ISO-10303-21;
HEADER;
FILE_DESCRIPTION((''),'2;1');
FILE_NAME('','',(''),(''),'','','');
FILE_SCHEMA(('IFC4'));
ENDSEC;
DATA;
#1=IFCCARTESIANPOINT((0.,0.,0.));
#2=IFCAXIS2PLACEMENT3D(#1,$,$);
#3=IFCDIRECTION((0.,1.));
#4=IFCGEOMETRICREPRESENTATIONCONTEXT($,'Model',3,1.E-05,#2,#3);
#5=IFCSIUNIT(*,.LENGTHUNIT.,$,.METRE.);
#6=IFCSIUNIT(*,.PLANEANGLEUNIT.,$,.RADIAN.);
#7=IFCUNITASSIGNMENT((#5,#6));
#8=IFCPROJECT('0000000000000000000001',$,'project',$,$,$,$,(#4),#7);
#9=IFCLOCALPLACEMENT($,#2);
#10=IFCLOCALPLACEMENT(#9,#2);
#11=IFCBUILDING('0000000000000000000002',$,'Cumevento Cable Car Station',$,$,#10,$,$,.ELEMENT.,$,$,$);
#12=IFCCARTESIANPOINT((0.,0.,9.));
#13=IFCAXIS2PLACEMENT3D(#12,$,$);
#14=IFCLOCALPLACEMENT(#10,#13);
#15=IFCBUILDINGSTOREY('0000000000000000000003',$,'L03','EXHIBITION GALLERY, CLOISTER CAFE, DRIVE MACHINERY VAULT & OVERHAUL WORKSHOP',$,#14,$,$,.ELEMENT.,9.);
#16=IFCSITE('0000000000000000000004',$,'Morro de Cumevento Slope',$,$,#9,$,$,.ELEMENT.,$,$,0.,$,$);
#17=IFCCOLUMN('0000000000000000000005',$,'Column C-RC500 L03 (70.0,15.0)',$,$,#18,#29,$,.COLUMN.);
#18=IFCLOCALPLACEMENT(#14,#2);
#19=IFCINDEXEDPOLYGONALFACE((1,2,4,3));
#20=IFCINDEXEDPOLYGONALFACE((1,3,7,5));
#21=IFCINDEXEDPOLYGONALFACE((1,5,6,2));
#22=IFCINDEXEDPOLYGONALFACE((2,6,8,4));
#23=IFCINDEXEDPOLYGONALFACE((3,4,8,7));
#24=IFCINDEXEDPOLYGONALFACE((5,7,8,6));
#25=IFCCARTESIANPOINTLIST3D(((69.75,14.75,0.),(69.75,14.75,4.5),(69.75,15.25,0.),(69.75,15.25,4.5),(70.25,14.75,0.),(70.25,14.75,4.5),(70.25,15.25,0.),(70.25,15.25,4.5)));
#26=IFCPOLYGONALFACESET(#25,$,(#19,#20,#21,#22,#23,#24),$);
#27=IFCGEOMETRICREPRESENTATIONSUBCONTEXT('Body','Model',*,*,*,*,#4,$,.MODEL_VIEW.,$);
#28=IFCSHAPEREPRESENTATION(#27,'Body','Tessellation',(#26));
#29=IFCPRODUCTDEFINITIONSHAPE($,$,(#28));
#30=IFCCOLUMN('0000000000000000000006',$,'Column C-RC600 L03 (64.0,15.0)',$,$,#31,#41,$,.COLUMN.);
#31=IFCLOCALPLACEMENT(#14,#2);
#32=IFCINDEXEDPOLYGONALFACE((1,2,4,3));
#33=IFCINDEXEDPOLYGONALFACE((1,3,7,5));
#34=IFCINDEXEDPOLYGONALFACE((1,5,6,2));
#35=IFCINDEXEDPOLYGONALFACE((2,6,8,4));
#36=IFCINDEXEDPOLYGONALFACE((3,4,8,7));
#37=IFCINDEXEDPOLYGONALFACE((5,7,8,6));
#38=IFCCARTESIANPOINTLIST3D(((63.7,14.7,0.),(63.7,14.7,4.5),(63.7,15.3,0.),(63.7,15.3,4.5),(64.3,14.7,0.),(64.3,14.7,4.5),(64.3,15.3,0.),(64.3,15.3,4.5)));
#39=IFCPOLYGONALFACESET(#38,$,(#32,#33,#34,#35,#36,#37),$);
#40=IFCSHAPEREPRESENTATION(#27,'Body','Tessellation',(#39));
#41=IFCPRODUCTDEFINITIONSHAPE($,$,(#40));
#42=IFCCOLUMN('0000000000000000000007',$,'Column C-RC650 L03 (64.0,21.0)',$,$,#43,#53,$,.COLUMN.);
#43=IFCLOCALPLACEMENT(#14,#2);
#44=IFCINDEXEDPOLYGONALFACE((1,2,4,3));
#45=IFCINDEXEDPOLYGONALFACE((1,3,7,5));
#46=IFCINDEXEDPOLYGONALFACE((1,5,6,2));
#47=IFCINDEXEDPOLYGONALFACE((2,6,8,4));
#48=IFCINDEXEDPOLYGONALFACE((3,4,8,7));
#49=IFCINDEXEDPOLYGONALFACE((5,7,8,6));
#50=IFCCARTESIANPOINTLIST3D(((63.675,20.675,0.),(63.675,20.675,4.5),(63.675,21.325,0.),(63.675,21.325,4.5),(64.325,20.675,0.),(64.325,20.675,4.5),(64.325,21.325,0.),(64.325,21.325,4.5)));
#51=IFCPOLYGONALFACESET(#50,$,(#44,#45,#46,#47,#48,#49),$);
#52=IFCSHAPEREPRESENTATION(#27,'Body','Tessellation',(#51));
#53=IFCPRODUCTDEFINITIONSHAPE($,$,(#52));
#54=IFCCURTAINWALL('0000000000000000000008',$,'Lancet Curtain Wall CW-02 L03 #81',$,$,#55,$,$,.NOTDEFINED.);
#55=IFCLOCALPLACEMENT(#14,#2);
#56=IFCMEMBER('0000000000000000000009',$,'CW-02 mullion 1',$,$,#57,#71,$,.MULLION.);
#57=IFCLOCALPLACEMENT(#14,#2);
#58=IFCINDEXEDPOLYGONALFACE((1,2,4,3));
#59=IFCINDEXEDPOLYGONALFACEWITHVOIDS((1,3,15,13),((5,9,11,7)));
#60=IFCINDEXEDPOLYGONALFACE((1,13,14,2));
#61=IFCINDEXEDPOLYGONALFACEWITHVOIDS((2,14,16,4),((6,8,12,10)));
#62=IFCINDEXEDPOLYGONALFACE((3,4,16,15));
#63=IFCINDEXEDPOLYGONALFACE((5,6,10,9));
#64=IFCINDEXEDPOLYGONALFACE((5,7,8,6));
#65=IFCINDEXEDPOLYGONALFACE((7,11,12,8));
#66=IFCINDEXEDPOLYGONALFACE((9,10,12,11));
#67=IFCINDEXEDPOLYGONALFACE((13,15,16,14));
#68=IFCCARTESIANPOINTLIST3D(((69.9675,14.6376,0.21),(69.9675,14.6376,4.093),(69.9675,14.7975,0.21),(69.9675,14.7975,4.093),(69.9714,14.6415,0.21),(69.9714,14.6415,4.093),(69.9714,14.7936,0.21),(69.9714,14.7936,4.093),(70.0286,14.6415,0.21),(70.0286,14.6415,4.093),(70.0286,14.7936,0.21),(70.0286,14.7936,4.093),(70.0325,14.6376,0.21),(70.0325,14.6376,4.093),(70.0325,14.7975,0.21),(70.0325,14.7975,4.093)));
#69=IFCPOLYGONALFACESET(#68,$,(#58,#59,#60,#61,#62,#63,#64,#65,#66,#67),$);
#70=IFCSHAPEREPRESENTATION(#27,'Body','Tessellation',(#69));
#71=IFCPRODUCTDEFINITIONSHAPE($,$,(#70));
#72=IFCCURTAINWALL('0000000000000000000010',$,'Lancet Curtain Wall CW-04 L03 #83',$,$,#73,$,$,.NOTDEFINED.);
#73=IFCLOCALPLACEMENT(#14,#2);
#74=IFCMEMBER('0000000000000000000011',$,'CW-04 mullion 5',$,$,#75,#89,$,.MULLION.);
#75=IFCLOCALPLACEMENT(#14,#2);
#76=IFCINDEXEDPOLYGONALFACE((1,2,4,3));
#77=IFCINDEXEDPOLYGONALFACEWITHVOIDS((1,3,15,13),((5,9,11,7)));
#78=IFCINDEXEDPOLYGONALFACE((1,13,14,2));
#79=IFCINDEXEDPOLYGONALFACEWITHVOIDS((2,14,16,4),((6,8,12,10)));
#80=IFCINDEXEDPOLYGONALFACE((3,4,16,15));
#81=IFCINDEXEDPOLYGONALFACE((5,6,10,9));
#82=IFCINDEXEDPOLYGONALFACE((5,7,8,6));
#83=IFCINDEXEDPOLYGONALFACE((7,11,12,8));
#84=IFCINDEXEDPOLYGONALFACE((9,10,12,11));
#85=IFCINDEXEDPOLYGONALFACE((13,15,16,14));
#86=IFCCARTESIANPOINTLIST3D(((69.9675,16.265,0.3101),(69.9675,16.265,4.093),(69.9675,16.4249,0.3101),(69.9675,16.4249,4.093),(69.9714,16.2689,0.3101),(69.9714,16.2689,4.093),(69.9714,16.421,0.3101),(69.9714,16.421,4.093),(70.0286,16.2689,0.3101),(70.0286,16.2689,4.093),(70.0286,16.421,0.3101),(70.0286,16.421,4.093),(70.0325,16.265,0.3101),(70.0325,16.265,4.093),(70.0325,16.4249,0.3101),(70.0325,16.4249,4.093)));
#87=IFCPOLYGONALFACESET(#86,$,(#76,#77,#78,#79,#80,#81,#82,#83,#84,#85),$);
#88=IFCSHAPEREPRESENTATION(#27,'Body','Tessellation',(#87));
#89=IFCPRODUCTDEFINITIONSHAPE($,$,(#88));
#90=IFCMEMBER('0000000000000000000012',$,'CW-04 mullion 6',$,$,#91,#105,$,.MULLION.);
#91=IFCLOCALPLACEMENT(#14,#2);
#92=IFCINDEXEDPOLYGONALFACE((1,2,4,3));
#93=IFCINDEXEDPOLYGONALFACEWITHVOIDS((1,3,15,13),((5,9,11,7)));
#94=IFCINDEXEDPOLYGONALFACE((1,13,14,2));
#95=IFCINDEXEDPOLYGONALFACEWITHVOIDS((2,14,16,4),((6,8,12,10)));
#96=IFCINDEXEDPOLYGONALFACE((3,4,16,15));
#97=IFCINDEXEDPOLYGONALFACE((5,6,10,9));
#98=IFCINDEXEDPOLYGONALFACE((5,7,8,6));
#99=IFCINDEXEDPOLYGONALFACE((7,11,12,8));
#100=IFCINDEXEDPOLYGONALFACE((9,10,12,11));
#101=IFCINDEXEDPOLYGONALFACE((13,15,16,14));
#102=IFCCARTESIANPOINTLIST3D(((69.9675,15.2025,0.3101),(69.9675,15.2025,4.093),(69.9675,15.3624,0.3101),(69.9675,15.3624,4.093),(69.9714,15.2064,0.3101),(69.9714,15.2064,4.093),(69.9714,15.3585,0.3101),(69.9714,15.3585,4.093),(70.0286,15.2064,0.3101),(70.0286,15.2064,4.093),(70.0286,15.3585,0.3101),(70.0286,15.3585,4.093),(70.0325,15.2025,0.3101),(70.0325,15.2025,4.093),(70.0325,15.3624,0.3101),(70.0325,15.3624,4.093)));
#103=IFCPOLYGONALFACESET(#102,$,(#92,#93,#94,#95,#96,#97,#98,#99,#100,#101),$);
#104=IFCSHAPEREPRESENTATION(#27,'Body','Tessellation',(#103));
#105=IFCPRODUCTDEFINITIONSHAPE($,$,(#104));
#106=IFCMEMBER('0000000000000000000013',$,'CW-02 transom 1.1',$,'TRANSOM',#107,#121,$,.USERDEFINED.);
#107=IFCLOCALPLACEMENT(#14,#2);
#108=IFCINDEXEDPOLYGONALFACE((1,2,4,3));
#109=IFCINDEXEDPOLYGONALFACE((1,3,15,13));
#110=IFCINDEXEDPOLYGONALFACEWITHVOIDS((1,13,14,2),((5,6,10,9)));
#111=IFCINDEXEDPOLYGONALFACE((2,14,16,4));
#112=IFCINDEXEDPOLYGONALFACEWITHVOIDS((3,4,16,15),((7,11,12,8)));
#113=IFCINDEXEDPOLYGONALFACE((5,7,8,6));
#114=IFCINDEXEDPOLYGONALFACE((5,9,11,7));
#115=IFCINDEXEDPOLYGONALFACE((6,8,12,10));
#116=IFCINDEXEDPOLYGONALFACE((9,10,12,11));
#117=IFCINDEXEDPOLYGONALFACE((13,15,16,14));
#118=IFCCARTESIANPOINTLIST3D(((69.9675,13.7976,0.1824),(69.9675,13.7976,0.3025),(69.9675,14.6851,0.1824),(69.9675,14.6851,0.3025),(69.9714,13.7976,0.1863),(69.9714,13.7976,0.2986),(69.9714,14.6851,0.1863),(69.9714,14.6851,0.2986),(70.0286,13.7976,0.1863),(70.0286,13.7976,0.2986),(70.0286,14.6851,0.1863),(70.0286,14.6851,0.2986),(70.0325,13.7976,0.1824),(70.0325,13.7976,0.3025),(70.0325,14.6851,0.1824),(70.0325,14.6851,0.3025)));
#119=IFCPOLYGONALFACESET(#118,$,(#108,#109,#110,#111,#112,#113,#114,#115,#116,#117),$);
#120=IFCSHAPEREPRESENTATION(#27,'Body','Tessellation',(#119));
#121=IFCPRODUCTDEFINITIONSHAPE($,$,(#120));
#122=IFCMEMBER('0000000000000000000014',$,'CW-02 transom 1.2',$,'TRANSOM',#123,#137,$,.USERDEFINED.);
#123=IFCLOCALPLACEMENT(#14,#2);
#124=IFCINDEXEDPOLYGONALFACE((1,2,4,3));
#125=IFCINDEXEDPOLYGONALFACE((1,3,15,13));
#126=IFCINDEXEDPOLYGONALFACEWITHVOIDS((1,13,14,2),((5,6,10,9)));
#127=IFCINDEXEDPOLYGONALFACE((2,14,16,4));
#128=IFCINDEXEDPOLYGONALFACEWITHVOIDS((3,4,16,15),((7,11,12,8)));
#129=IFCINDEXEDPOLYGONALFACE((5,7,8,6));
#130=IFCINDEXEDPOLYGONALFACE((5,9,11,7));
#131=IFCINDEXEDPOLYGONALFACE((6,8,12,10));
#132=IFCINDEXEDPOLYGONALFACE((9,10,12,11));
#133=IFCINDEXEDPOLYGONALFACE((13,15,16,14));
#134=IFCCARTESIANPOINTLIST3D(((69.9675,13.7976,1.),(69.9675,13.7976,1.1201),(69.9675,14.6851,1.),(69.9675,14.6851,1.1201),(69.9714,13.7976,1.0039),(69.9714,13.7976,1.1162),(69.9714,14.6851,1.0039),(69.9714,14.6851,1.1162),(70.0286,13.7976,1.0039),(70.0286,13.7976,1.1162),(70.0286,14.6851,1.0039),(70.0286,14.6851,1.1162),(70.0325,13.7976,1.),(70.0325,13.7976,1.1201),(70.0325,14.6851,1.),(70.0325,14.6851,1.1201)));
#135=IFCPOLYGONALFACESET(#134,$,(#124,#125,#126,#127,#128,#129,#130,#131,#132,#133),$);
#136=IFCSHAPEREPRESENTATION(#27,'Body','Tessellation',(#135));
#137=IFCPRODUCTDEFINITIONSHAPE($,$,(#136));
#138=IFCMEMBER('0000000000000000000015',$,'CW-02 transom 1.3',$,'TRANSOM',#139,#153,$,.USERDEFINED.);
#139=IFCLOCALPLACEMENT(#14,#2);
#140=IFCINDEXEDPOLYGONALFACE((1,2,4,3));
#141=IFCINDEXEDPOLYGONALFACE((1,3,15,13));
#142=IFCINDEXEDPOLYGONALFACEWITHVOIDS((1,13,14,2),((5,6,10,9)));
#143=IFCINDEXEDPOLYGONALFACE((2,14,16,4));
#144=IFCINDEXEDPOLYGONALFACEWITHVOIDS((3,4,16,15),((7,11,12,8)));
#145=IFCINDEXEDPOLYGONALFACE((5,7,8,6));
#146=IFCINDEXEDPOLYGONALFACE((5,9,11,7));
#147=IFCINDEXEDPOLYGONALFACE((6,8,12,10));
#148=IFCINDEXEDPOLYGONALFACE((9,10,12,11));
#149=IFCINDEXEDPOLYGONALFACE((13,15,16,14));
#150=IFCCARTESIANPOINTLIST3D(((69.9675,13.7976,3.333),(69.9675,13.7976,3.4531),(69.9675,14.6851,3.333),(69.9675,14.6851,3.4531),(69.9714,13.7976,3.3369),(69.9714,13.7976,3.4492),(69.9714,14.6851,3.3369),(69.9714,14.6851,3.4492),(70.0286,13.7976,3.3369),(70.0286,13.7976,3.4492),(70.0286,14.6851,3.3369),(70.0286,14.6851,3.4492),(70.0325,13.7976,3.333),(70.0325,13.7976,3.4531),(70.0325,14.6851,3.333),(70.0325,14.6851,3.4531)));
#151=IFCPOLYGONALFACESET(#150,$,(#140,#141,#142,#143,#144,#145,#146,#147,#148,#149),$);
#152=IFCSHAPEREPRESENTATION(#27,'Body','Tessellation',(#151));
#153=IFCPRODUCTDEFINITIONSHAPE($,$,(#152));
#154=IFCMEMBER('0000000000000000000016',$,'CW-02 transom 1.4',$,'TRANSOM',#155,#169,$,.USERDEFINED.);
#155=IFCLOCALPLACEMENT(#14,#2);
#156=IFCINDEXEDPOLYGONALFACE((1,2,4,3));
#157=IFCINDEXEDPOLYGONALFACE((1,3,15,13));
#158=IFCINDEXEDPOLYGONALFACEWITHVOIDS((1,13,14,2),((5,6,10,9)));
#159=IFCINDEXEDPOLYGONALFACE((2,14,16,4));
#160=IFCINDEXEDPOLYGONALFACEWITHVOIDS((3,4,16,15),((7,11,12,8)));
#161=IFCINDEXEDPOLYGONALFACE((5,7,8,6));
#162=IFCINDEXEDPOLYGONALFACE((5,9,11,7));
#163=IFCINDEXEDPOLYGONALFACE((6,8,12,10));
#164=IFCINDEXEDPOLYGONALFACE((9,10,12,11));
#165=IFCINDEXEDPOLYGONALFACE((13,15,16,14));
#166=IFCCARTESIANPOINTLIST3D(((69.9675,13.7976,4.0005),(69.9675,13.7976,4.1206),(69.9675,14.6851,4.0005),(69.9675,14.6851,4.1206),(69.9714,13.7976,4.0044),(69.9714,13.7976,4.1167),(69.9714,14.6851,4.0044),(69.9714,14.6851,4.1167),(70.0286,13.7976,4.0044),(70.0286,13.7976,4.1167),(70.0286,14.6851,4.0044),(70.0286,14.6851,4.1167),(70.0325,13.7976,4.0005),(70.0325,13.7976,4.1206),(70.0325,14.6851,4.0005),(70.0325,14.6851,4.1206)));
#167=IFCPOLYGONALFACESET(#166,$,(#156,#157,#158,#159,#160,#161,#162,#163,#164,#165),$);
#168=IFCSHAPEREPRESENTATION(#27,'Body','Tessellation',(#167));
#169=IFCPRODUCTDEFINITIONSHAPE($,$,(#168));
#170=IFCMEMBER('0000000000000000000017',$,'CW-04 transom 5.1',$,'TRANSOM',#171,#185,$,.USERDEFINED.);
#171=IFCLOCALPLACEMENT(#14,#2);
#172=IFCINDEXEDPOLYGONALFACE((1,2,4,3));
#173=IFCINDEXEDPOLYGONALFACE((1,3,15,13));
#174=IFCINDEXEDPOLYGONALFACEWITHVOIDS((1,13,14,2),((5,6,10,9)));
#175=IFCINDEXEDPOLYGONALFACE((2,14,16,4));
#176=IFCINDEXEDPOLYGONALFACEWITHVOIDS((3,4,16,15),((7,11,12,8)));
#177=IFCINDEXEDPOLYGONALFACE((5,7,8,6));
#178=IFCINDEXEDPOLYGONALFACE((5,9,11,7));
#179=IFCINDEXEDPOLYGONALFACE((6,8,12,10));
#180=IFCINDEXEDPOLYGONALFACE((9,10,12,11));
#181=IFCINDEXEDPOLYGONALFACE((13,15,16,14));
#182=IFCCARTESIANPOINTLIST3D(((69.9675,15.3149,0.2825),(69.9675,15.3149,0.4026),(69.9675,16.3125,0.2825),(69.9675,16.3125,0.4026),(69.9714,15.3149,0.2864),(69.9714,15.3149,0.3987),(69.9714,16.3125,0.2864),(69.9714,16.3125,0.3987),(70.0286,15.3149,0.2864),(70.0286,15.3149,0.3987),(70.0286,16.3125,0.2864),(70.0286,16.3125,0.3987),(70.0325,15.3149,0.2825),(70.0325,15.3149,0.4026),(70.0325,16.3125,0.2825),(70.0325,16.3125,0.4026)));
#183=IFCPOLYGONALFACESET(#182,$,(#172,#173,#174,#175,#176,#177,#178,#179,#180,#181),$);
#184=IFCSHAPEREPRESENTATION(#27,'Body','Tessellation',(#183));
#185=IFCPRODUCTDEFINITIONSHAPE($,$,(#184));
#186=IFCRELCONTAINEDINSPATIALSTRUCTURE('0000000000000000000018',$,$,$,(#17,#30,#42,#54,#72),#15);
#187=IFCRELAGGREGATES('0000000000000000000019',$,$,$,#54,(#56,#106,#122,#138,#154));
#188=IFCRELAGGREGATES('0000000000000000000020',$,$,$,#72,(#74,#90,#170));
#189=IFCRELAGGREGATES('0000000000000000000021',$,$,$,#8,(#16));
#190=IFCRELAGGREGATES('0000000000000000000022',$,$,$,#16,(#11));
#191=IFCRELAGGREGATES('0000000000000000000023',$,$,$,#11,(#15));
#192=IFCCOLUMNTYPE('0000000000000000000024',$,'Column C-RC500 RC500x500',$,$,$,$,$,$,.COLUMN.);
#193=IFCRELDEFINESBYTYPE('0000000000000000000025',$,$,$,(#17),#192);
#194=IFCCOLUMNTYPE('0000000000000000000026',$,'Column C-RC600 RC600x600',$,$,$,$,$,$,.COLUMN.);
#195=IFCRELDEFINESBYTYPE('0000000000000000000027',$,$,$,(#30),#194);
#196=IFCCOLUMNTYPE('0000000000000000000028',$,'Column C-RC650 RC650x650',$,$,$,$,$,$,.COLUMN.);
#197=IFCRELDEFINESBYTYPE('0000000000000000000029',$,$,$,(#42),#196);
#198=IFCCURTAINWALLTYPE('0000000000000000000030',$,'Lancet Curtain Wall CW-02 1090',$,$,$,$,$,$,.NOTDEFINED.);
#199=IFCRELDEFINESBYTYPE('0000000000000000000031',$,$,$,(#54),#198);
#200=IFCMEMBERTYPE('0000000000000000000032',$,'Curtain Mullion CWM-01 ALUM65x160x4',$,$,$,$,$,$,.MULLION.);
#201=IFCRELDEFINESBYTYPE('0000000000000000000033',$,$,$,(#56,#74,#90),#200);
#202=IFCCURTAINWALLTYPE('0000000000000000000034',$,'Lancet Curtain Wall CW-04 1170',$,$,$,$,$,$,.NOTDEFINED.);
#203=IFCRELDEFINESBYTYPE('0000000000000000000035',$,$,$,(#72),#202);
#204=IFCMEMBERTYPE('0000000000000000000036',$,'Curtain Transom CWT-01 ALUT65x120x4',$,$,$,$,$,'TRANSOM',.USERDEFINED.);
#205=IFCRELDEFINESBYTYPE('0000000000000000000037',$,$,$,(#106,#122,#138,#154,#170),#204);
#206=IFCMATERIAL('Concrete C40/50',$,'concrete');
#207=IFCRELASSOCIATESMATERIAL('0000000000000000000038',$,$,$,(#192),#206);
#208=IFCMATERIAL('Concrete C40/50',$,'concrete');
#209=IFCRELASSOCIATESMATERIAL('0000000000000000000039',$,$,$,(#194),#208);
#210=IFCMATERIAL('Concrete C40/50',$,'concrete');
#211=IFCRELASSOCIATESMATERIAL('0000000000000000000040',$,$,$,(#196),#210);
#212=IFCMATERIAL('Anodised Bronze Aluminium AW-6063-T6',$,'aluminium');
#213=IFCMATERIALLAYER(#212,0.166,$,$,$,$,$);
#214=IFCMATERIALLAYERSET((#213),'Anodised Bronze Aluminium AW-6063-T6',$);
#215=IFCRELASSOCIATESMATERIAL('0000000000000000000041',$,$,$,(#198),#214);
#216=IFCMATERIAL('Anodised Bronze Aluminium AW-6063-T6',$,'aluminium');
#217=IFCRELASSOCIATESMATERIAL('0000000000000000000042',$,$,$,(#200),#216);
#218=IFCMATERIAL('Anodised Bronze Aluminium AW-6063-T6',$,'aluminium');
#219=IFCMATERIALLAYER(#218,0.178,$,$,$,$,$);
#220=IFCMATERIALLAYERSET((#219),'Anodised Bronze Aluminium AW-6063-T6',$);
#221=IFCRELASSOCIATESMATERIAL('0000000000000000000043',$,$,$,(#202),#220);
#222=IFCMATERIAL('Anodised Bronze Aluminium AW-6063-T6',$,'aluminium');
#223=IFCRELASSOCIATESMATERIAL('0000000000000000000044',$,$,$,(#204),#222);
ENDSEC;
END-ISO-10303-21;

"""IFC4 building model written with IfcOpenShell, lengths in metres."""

from ifc_helpers import new_model, si_unit, direction, frame, origin, origin_2d, place, context, subcontext, project, spatial, rectangle, hollow_rectangle, extrude, material, layer, layer_set, material_profile, profile_set, type_object, element, aggregate, save


model = new_model("IFC4")

# Units and contexts
model_context = context("Model", 3, precision=1e-05, world=origin(), true_north=direction((0.0, 1.0)))
body_context = subcontext(model_context, "Body", "Model", "MODEL_VIEW")
ifc_project = project(units=[si_unit("LENGTHUNIT", "METRE"), si_unit("PLANEANGLEUNIT", "RADIAN")], contexts=[model_context])

# Site, building, storey
site_placement = place(None, origin())
site = spatial("IfcSite", under=ifc_project, at=site_placement, Name="Morro de Cumevento Slope", CompositionType="ELEMENT", RefElevation=0.0)
building_placement = place(site_placement, origin())
building = spatial("IfcBuilding", under=site, at=building_placement, Name="Cumevento Cable Car Station", CompositionType="ELEMENT")
storey_placement = place(building_placement, frame((0.0, 0.0, 9.0)))
storey = spatial("IfcBuildingStorey", under=building, at=storey_placement, Name="L03", Description="EXHIBITION GALLERY, CLOISTER CAFE, DRIVE MACHINERY VAULT & OVERHAUL WORKSHOP", CompositionType="ELEMENT", Elevation=9.0)

# Columns
ifc_material_1 = material(Name="Concrete C40/50", Category="concrete")
ifc_material_profile_1 = material_profile(ifc_material_1, rectangle(XDim=0.5, YDim=0.5, at=origin_2d()), Name="RC500x500")
ifc_profile_set_1 = profile_set([ifc_material_profile_1], Name="Concrete C40/50")
column_type_1 = type_object("IfcColumnType", Name="Column C-RC500 RC500x500", PredefinedType="COLUMN", material=ifc_profile_set_1)
column_1_placement = place(storey_placement, frame((70.0, 15.0, 0.0), z_axis=(0.0, 0.0, 1.0), x_axis=(1.0, 0.0, 0.0)))
element("IfcColumn", 1, at=column_1_placement, inside=storey, type_object=column_type_1, Name="Column C-RC500 L03 (70.0,15.0)", PredefinedType="COLUMN", context=body_context, shape_type="SweptSolid", body=[
    extrude(rectangle(XDim=0.5, YDim=0.5, at=origin_2d()), origin(), (0.0, 0.0, 1.0), 4.5),
])
ifc_material_2 = material(Name="Concrete C40/50", Category="concrete")
ifc_material_profile_2 = material_profile(ifc_material_2, rectangle(XDim=0.6001, YDim=0.6001, at=origin_2d()), Name="RC600x600")
ifc_profile_set_2 = profile_set([ifc_material_profile_2], Name="Concrete C40/50")
column_type_2 = type_object("IfcColumnType", Name="Column C-RC600 RC600x600", PredefinedType="COLUMN", material=ifc_profile_set_2)
column_2_placement = place(storey_placement, frame((64.0, 15.0, 0.0), z_axis=(0.0, 0.0, 1.0), x_axis=(1.0, 0.0, 0.0)))
element("IfcColumn", 2, at=column_2_placement, inside=storey, type_object=column_type_2, Name="Column C-RC600 L03 (64.0,15.0)", PredefinedType="COLUMN", context=body_context, shape_type="SweptSolid", body=[
    extrude(rectangle(XDim=0.6001, YDim=0.6001, at=origin_2d()), origin(), (0.0, 0.0, 1.0), 4.5),
])
ifc_material_3 = material(Name="Concrete C40/50", Category="concrete")
ifc_material_profile_3 = material_profile(ifc_material_3, rectangle(XDim=0.6499, YDim=0.6499, at=origin_2d()), Name="RC650x650")
ifc_profile_set_3 = profile_set([ifc_material_profile_3], Name="Concrete C40/50")
column_type_3 = type_object("IfcColumnType", Name="Column C-RC650 RC650x650", PredefinedType="COLUMN", material=ifc_profile_set_3)
column_3_placement = place(storey_placement, frame((64.0, 21.0, 0.0), z_axis=(0.0, 0.0, 1.0), x_axis=(1.0, 0.0, 0.0)))
element("IfcColumn", 3, at=column_3_placement, inside=storey, type_object=column_type_3, Name="Column C-RC650 L03 (64.0,21.0)", PredefinedType="COLUMN", context=body_context, shape_type="SweptSolid", body=[
    extrude(rectangle(XDim=0.6499, YDim=0.6499, at=origin_2d()), origin(), (0.0, 0.0, 1.0), 4.5),
])

# Curtain wall, member
ifc_material_4 = material(Name="Anodised Bronze Aluminium AW-6063-T6", Category="aluminium")
ifc_layer_1 = layer(ifc_material_4, 0.166)
ifc_layer_set_1 = layer_set([ifc_layer_1], Name="Anodised Bronze Aluminium AW-6063-T6")
curtain_wall_type_1 = type_object("IfcCurtainWallType", Name="Lancet Curtain Wall CW-02 1090", PredefinedType="NOTDEFINED", material=ifc_layer_set_1)
curtain_wall_1_placement = place(storey_placement, origin())
curtain_wall_1 = element("IfcCurtainWall", 4, at=curtain_wall_1_placement, inside=storey, type_object=curtain_wall_type_1, Name="Lancet Curtain Wall CW-02 L03 #81", PredefinedType="NOTDEFINED")
ifc_material_5 = material(Name="Anodised Bronze Aluminium AW-6063-T6", Category="aluminium")
ifc_material_profile_4 = material_profile(ifc_material_5, hollow_rectangle(XDim=0.0649, YDim=0.1599, WallThickness=0.0039, at=origin_2d()), Name="ALUM65x160x4")
ifc_profile_set_4 = profile_set([ifc_material_profile_4], Name="Anodised Bronze Aluminium AW-6063-T6")
member_type_1 = type_object("IfcMemberType", Name="Curtain Mullion CWM-01 ALUM65x160x4", PredefinedType="MULLION", material=ifc_profile_set_4)
member_1_placement = place(storey_placement, frame((70.0, 14.7175, 0.21), z_axis=(0.0, 0.0, 1.0), x_axis=(1.0, 0.0, 0.0)))
member_1 = element("IfcMember", 5, at=member_1_placement, type_object=member_type_1, Name="CW-02 mullion 1", PredefinedType="MULLION", context=body_context, shape_type="SweptSolid", body=[
    extrude(hollow_rectangle(XDim=0.0649, YDim=0.1599, WallThickness=0.0039, at=origin_2d()), origin(), (0.0, 0.0, 1.0), 3.8831),
])

# Curtain wall, members
ifc_material_6 = material(Name="Anodised Bronze Aluminium AW-6063-T6", Category="aluminium")
ifc_layer_2 = layer(ifc_material_6, 0.178)
ifc_layer_set_2 = layer_set([ifc_layer_2], Name="Anodised Bronze Aluminium AW-6063-T6")
curtain_wall_type_2 = type_object("IfcCurtainWallType", Name="Lancet Curtain Wall CW-04 1170", PredefinedType="NOTDEFINED", material=ifc_layer_set_2)
curtain_wall_2_placement = place(storey_placement, origin())
curtain_wall_2 = element("IfcCurtainWall", 6, at=curtain_wall_2_placement, inside=storey, type_object=curtain_wall_type_2, Name="Lancet Curtain Wall CW-04 L03 #83", PredefinedType="NOTDEFINED")
member_2_placement = place(storey_placement, frame((70.0, 16.345, 0.3101), z_axis=(0.0, 0.0, 1.0), x_axis=(1.0, 0.0, 0.0)))
member_2 = element("IfcMember", 7, at=member_2_placement, type_object=member_type_1, Name="CW-04 mullion 5", PredefinedType="MULLION", context=body_context, shape_type="SweptSolid", body=[
    extrude(hollow_rectangle(XDim=0.0649, YDim=0.1599, WallThickness=0.0039, at=origin_2d()), origin(), (0.0, 0.0, 1.0), 3.783),
])
member_3_placement = place(storey_placement, frame((70.0, 15.2825, 0.3101), z_axis=(0.0, 0.0, 1.0), x_axis=(1.0, 0.0, 0.0)))
member_3 = element("IfcMember", 8, at=member_3_placement, type_object=member_type_1, Name="CW-04 mullion 6", PredefinedType="MULLION", context=body_context, shape_type="SweptSolid", body=[
    extrude(hollow_rectangle(XDim=0.0649, YDim=0.1599, WallThickness=0.0039, at=origin_2d()), origin(), (0.0, 0.0, 1.0), 3.783),
])

# Members
ifc_material_7 = material(Name="Anodised Bronze Aluminium AW-6063-T6", Category="aluminium")
ifc_material_profile_5 = material_profile(ifc_material_7, hollow_rectangle(XDim=0.0649, YDim=0.1201, WallThickness=0.0039, at=origin_2d()), Name="ALUT65x120x4")
ifc_profile_set_5 = profile_set([ifc_material_profile_5], Name="Anodised Bronze Aluminium AW-6063-T6")
member_type_2 = type_object("IfcMemberType", Name="Curtain Transom CWT-01 ALUT65x120x4", ElementType="TRANSOM", PredefinedType="USERDEFINED", material=ifc_profile_set_5)
member_4_placement = place(storey_placement, frame((70.0, 14.6851, 0.2424), z_axis=(0.0, -1.0, 0.0), x_axis=(1.0, 0.0, 0.0)))
member_4 = element("IfcMember", 9, at=member_4_placement, type_object=member_type_2, Name="CW-02 transom 1.1", ObjectType="TRANSOM", PredefinedType="USERDEFINED", context=body_context, shape_type="SweptSolid", body=[
    extrude(hollow_rectangle(XDim=0.0649, YDim=0.1201, WallThickness=0.0039, at=origin_2d()), origin(), (0.0, 0.0, 1.0), 0.8875),
])
member_5_placement = place(storey_placement, frame((70.0, 14.6851, 1.0601), z_axis=(0.0, -1.0, 0.0), x_axis=(1.0, 0.0, 0.0)))
member_5 = element("IfcMember", 10, at=member_5_placement, type_object=member_type_2, Name="CW-02 transom 1.2", ObjectType="TRANSOM", PredefinedType="USERDEFINED", context=body_context, shape_type="SweptSolid", body=[
    extrude(hollow_rectangle(XDim=0.0649, YDim=0.1201, WallThickness=0.0039, at=origin_2d()), origin(), (0.0, 0.0, 1.0), 0.8875),
])
member_6_placement = place(storey_placement, frame((70.0, 14.6851, 3.3931), z_axis=(0.0, -1.0, 0.0), x_axis=(1.0, 0.0, 0.0)))
member_6 = element("IfcMember", 11, at=member_6_placement, type_object=member_type_2, Name="CW-02 transom 1.3", ObjectType="TRANSOM", PredefinedType="USERDEFINED", context=body_context, shape_type="SweptSolid", body=[
    extrude(hollow_rectangle(XDim=0.0649, YDim=0.1201, WallThickness=0.0039, at=origin_2d()), origin(), (0.0, 0.0, 1.0), 0.8875),
])
member_7_placement = place(storey_placement, frame((70.0, 14.6851, 4.0605), z_axis=(0.0, -1.0, 0.0), x_axis=(1.0, 0.0, 0.0)))
member_7 = element("IfcMember", 12, at=member_7_placement, type_object=member_type_2, Name="CW-02 transom 1.4", ObjectType="TRANSOM", PredefinedType="USERDEFINED", context=body_context, shape_type="SweptSolid", body=[
    extrude(hollow_rectangle(XDim=0.0649, YDim=0.1201, WallThickness=0.0039, at=origin_2d()), origin(), (0.0, 0.0, 1.0), 0.8875),
])
aggregate(curtain_wall_1, [member_1, member_4, member_5, member_6, member_7])
member_8_placement = place(storey_placement, frame((70.0, 16.3125, 0.3425), z_axis=(0.0, -1.0, 0.0), x_axis=(1.0, 0.0, 0.0)))
member_8 = element("IfcMember", 13, at=member_8_placement, type_object=member_type_2, Name="CW-04 transom 5.1", ObjectType="TRANSOM", PredefinedType="USERDEFINED", context=body_context, shape_type="SweptSolid", body=[
    extrude(hollow_rectangle(XDim=0.0649, YDim=0.1201, WallThickness=0.0039, at=origin_2d()), origin(), (0.0, 0.0, 1.0), 0.9976),
])

aggregate(curtain_wall_2, [member_2, member_3, member_8])

save(model, "model.ifc")
